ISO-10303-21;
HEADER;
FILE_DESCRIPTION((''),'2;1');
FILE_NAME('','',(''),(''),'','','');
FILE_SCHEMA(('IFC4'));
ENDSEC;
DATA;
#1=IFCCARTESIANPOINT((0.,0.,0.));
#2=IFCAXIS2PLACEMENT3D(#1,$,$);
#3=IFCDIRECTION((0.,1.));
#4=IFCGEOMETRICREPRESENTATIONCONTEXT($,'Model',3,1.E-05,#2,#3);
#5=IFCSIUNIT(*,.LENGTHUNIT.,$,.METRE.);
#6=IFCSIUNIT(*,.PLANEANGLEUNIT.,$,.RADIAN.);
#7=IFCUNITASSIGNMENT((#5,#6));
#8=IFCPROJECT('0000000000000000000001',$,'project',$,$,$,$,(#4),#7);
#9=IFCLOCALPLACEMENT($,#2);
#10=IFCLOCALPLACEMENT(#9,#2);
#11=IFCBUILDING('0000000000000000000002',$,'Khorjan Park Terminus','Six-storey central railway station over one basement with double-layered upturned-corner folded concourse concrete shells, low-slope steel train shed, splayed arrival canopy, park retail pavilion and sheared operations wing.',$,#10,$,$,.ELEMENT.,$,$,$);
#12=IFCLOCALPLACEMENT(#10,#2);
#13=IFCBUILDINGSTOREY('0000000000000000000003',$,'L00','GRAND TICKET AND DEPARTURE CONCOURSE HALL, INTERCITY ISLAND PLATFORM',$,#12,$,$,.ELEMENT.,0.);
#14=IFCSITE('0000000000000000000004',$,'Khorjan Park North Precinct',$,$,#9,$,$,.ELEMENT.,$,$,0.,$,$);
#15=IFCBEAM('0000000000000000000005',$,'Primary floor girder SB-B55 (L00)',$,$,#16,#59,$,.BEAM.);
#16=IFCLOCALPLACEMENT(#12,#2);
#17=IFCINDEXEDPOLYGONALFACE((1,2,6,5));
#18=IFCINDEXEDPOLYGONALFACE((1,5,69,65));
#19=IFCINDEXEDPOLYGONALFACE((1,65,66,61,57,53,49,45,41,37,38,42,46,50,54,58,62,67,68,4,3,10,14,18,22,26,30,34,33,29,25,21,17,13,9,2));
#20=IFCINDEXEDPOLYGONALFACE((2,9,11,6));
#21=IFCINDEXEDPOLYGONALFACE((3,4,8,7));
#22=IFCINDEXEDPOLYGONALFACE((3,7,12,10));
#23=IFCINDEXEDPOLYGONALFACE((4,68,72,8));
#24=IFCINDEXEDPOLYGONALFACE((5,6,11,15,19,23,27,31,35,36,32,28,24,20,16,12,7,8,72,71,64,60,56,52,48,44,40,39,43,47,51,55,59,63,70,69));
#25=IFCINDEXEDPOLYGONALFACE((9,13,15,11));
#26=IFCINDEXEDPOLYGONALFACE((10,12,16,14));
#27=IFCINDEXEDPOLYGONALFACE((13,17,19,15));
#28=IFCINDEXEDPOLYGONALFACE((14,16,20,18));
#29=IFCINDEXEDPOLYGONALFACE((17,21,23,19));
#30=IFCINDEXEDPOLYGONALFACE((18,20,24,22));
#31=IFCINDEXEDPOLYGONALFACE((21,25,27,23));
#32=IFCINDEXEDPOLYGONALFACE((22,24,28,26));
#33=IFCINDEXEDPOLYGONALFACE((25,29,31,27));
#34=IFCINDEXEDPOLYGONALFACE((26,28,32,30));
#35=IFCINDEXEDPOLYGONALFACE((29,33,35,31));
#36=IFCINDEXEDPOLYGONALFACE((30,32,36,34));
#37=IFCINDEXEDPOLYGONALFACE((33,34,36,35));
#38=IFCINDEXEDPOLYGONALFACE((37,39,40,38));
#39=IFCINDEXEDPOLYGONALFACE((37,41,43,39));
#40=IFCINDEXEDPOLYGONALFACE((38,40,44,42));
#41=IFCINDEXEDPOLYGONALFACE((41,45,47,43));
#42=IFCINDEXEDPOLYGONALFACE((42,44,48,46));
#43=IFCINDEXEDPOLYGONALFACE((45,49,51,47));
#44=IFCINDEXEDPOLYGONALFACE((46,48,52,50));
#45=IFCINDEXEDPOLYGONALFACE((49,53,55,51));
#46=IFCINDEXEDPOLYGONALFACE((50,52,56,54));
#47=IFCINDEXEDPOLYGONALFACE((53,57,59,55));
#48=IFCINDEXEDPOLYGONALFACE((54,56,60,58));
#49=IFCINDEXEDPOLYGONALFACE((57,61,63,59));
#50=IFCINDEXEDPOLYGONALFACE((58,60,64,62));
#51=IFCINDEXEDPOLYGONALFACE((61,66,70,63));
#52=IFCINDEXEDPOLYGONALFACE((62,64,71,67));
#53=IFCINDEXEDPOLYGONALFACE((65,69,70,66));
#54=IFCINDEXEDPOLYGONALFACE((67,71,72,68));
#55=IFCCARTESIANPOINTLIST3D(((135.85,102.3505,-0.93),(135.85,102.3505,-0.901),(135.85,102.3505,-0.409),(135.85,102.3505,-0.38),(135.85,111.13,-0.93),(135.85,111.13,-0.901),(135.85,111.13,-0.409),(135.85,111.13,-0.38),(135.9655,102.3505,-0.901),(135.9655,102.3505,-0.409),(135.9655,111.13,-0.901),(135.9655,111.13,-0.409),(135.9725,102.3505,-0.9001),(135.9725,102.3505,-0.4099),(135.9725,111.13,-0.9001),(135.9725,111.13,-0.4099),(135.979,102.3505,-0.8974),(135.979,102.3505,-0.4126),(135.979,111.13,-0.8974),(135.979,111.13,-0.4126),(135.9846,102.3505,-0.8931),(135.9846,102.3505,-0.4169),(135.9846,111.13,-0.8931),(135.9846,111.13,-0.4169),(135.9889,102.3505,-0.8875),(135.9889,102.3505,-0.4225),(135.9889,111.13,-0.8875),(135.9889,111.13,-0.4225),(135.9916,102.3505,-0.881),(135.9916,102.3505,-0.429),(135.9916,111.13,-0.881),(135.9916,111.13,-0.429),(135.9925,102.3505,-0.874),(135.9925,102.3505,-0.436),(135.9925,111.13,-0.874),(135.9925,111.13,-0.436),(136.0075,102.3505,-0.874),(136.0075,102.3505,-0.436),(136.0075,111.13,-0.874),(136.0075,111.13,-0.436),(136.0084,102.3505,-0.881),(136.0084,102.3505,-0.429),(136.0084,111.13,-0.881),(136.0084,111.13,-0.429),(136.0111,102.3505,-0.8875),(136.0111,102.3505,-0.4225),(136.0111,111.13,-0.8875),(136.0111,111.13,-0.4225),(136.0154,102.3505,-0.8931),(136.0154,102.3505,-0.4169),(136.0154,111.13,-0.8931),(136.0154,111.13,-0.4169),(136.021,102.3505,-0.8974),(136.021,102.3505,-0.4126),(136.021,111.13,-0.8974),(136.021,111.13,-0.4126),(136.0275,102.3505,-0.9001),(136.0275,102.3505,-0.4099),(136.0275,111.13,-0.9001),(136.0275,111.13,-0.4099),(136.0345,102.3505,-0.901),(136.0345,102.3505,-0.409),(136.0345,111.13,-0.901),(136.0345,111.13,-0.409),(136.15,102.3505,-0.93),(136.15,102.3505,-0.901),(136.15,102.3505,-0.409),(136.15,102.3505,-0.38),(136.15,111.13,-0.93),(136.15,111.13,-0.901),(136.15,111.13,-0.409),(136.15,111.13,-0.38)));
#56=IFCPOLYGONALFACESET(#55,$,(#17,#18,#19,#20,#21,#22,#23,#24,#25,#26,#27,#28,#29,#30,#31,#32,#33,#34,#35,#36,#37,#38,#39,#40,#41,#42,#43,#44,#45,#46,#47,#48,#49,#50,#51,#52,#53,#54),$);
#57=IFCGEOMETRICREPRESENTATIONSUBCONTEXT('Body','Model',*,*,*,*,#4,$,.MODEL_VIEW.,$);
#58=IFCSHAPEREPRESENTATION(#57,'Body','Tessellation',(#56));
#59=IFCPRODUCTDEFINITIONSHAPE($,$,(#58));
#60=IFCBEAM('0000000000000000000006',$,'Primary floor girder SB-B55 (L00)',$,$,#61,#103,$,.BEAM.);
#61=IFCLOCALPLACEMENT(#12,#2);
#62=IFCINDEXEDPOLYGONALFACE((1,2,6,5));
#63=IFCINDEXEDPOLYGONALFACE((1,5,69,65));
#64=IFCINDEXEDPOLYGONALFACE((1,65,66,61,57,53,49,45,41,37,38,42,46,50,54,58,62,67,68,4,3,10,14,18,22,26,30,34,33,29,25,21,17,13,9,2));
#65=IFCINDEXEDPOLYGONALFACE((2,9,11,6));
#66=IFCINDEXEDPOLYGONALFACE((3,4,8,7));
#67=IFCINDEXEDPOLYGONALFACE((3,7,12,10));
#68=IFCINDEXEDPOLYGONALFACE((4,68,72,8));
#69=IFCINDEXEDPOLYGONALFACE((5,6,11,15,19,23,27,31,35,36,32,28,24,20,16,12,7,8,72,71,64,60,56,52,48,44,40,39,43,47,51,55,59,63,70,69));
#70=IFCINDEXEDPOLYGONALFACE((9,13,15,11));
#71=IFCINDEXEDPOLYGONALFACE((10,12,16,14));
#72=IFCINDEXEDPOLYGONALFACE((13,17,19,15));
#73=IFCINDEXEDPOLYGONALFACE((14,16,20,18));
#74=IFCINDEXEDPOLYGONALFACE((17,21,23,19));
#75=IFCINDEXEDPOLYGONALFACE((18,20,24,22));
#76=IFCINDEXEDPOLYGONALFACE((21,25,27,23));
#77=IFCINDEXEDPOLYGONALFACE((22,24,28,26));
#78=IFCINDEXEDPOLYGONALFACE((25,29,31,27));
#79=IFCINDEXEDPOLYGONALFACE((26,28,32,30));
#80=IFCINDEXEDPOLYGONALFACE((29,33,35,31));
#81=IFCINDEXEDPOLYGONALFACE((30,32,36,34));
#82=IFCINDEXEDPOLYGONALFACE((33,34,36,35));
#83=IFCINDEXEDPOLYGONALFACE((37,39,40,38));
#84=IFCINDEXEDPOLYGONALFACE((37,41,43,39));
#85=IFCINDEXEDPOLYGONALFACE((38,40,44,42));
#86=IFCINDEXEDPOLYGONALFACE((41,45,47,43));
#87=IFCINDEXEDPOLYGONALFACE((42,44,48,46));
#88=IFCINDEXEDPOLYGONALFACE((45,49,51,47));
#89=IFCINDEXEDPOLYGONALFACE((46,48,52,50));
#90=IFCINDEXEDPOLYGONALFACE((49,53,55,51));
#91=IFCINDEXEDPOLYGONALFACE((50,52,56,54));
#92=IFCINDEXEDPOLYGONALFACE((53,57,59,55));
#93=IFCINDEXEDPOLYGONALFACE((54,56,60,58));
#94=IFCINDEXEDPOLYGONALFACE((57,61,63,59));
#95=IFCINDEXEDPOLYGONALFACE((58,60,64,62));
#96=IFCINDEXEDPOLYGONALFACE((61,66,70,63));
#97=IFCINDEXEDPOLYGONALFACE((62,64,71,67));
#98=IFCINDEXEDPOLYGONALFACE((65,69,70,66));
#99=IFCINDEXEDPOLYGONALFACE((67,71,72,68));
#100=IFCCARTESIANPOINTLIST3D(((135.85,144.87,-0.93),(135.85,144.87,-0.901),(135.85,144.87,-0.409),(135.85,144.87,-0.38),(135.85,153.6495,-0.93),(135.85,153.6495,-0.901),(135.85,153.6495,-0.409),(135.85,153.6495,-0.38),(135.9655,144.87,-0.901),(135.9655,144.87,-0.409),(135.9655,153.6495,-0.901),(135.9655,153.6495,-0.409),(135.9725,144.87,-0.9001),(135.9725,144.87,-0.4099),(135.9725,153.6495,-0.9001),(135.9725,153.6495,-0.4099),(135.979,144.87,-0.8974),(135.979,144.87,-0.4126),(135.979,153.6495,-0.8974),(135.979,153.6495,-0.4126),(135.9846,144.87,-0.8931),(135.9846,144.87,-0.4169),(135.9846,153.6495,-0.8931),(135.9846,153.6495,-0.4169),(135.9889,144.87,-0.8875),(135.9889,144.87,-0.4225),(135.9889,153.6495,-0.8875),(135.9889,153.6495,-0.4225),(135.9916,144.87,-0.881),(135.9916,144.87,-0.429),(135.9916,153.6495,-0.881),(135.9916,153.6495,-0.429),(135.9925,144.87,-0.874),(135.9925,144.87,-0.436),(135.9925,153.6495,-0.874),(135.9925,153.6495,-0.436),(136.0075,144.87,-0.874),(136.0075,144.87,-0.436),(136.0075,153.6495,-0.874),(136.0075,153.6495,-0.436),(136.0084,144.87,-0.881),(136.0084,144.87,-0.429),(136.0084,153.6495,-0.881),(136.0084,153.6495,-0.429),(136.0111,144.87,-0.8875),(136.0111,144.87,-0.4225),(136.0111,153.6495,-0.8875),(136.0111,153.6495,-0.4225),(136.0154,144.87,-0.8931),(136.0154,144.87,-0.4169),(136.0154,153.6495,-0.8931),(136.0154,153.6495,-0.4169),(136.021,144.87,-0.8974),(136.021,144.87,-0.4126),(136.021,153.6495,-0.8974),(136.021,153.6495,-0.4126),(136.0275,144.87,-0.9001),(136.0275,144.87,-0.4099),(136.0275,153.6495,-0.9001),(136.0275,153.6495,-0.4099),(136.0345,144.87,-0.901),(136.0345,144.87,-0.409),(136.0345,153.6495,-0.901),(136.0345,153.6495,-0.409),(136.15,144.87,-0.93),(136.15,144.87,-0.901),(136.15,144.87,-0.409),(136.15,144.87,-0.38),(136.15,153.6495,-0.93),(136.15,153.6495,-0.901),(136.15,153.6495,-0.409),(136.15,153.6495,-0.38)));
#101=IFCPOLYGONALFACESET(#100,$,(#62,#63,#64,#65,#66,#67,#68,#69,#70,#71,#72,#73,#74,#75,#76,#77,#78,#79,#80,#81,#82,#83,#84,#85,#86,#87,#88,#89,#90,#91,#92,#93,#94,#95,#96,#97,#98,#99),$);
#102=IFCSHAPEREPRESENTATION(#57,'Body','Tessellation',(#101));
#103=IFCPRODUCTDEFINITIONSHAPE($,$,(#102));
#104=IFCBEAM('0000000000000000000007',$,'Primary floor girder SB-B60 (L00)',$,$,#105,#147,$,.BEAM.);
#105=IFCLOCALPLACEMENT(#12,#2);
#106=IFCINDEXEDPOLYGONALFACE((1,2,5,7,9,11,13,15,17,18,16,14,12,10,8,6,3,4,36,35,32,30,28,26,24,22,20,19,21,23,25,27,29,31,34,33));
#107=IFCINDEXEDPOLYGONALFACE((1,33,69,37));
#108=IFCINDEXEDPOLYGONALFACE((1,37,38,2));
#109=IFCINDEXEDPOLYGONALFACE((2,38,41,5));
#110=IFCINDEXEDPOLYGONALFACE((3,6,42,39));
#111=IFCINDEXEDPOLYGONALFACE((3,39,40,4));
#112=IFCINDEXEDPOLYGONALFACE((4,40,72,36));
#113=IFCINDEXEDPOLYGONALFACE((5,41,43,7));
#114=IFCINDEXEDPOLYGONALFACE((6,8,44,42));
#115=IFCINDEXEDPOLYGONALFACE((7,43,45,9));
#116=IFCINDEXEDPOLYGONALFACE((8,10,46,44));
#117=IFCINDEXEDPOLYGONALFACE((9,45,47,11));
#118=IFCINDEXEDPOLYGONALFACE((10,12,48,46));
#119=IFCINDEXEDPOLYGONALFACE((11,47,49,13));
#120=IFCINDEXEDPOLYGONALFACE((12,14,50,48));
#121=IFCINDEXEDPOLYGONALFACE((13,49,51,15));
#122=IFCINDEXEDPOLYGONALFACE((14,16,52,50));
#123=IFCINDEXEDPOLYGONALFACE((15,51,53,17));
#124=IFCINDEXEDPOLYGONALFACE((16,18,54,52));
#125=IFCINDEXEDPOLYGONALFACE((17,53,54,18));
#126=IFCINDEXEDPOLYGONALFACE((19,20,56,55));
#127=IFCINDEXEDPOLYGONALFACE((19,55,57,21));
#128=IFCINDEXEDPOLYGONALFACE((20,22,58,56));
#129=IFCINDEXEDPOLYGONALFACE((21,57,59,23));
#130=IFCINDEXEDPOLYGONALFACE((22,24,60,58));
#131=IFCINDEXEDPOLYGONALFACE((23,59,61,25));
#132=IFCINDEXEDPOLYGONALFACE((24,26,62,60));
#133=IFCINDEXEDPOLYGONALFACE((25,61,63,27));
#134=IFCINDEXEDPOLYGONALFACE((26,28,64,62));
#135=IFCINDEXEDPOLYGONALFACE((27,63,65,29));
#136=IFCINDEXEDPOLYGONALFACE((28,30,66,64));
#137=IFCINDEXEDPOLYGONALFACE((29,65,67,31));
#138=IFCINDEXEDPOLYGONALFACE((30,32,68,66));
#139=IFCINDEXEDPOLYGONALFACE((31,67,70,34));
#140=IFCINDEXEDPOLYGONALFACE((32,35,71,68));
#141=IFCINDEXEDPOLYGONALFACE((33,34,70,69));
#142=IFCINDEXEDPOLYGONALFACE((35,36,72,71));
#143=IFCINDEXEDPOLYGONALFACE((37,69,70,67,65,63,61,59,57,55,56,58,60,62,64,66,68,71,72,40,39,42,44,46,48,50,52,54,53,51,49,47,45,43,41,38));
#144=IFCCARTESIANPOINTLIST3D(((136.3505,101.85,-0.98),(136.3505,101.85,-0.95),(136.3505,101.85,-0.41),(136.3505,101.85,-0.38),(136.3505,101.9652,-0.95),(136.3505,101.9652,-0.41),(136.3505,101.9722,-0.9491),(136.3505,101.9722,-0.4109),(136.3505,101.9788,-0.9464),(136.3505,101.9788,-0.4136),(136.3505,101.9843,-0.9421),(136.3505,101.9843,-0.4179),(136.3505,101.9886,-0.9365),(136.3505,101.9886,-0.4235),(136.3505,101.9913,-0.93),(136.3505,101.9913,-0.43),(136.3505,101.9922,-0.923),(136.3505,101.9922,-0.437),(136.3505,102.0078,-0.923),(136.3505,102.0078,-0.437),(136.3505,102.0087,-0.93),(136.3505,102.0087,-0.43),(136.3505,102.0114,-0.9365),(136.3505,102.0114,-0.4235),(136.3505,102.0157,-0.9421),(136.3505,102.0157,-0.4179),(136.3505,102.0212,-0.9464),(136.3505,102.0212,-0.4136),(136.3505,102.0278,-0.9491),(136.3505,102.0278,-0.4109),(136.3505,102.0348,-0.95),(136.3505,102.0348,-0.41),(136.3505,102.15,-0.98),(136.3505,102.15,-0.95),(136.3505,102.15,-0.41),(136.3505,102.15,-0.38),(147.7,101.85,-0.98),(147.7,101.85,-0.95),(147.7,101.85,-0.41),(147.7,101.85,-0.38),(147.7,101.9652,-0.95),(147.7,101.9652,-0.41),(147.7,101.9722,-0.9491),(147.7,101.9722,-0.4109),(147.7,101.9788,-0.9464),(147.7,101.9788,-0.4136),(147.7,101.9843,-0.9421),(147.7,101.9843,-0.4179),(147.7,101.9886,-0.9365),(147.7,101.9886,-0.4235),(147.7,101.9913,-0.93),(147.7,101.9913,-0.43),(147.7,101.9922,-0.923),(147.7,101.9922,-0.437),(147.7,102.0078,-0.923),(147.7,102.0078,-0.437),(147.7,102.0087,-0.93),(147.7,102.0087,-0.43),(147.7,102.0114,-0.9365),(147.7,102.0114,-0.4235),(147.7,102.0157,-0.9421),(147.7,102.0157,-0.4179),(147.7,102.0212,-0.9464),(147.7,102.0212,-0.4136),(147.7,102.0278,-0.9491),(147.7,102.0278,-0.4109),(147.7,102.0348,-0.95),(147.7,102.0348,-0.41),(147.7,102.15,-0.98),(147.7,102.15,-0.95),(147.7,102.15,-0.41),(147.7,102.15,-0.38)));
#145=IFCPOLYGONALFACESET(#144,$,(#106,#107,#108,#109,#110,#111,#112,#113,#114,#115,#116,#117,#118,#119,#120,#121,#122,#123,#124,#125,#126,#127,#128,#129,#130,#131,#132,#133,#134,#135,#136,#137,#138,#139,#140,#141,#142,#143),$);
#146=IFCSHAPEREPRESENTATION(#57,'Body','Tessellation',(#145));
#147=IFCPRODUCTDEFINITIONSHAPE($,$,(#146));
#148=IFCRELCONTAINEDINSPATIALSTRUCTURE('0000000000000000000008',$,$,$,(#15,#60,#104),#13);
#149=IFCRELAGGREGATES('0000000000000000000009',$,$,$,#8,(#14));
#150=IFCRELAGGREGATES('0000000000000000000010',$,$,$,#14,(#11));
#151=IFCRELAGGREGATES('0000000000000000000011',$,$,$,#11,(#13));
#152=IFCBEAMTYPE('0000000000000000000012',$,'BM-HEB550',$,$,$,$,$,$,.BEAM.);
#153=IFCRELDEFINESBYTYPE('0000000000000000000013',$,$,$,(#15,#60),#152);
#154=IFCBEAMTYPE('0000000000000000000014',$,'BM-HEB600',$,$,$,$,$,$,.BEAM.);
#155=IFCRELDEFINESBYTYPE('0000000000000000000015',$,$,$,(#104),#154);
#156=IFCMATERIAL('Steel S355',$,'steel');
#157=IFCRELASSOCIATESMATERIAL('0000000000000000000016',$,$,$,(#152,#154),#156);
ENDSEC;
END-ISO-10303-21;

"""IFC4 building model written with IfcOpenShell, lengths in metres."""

from ifc_helpers import new_model, si_unit, direction, frame, origin, origin_2d, place, context, subcontext, project, spatial, i_section, extrude, material, material_profile, profile_set, type_object, element, save


model = new_model("IFC4")

# Units and contexts
model_context = context("Model", 3, precision=1e-05, world=origin(), true_north=direction((0.0, 1.0)))
body_context = subcontext(model_context, "Body", "Model", "MODEL_VIEW")
ifc_project = project(units=[si_unit("LENGTHUNIT", "METRE"), si_unit("PLANEANGLEUNIT", "RADIAN")], contexts=[model_context])

# Site, building, storey
site_placement = place(None, origin())
site = spatial("IfcSite", under=ifc_project, at=site_placement, Name="Khorjan Park North Precinct", CompositionType="ELEMENT", RefElevation=0.0)
building_placement = place(site_placement, origin())
building = spatial("IfcBuilding", under=site, at=building_placement, Name="Khorjan Park Terminus", Description="Six-storey central railway station over one basement with double-layered upturned-corner folded concourse concrete shells, low-slope steel train shed, splayed arrival canopy, park retail pavilion and sheared operations wing.", CompositionType="ELEMENT")
storey_placement = place(building_placement, origin())
storey = spatial("IfcBuildingStorey", under=building, at=storey_placement, Name="L00", Description="GRAND TICKET AND DEPARTURE CONCOURSE HALL, INTERCITY ISLAND PLATFORM", CompositionType="ELEMENT", Elevation=0.0)

# Shared definitions
ifc_material_1 = material(Name="Steel S355", Category="steel")

# Beams
ifc_material_profile_1 = material_profile(ifc_material_1, i_section(OverallWidth=0.3, OverallDepth=0.55, WebThickness=0.015, FlangeThickness=0.029, FilletRadius=0.027, at=origin_2d()), Name="HEB 550")
ifc_profile_set_1 = profile_set([ifc_material_profile_1], Name="Steel S355")
beam_type_1 = type_object("IfcBeamType", Name="BM-HEB550", PredefinedType="BEAM", material=ifc_profile_set_1)
for number, where, z_axis, x_axis, name in (
    (1, (136.0, 102.3505, -0.655), (0.0, 1.0, 0.0), (-1.0, 0.0, 0.0), "Primary floor girder SB-B55 (L00)"),
    (2, (136.0, 144.87, -0.655), (0.0, 1.0, 0.0), (-1.0, 0.0, 0.0), "Primary floor girder SB-B55 (L00)"),
):
    element("IfcBeam", number, at=place(storey_placement, frame(where, z_axis=z_axis, x_axis=x_axis)), inside=storey, type_object=beam_type_1, Name=name, PredefinedType="BEAM", context=body_context, shape_type="SweptSolid", body=[
        extrude(i_section(OverallWidth=0.3, OverallDepth=0.55, WebThickness=0.015, FlangeThickness=0.029, FilletRadius=0.027, at=origin_2d()), origin(), (0.0, 0.0, 1.0), 8.7795),
    ])
ifc_material_profile_2 = material_profile(ifc_material_1, i_section(OverallWidth=0.3, OverallDepth=0.6, WebThickness=0.0155, FlangeThickness=0.03, FilletRadius=0.027, at=origin_2d()), Name="HEB 600")
ifc_profile_set_2 = profile_set([ifc_material_profile_2], Name="Steel S355")
beam_type_2 = type_object("IfcBeamType", Name="BM-HEB600", PredefinedType="BEAM", material=ifc_profile_set_2)
beam_1_placement = place(storey_placement, frame((136.3505, 102.0, -0.68), z_axis=(1.0, 0.0, 0.0), x_axis=(0.0, 1.0, 0.0)))
element("IfcBeam", 3, at=beam_1_placement, inside=storey, type_object=beam_type_2, Name="Primary floor girder SB-B60 (L00)", PredefinedType="BEAM", context=body_context, shape_type="SweptSolid", body=[
    extrude(i_section(OverallWidth=0.3, OverallDepth=0.6, WebThickness=0.0155, FlangeThickness=0.03, FilletRadius=0.027, at=origin_2d()), origin(), (0.0, 0.0, 1.0), 11.3495),
])

save(model, "model.ifc")
